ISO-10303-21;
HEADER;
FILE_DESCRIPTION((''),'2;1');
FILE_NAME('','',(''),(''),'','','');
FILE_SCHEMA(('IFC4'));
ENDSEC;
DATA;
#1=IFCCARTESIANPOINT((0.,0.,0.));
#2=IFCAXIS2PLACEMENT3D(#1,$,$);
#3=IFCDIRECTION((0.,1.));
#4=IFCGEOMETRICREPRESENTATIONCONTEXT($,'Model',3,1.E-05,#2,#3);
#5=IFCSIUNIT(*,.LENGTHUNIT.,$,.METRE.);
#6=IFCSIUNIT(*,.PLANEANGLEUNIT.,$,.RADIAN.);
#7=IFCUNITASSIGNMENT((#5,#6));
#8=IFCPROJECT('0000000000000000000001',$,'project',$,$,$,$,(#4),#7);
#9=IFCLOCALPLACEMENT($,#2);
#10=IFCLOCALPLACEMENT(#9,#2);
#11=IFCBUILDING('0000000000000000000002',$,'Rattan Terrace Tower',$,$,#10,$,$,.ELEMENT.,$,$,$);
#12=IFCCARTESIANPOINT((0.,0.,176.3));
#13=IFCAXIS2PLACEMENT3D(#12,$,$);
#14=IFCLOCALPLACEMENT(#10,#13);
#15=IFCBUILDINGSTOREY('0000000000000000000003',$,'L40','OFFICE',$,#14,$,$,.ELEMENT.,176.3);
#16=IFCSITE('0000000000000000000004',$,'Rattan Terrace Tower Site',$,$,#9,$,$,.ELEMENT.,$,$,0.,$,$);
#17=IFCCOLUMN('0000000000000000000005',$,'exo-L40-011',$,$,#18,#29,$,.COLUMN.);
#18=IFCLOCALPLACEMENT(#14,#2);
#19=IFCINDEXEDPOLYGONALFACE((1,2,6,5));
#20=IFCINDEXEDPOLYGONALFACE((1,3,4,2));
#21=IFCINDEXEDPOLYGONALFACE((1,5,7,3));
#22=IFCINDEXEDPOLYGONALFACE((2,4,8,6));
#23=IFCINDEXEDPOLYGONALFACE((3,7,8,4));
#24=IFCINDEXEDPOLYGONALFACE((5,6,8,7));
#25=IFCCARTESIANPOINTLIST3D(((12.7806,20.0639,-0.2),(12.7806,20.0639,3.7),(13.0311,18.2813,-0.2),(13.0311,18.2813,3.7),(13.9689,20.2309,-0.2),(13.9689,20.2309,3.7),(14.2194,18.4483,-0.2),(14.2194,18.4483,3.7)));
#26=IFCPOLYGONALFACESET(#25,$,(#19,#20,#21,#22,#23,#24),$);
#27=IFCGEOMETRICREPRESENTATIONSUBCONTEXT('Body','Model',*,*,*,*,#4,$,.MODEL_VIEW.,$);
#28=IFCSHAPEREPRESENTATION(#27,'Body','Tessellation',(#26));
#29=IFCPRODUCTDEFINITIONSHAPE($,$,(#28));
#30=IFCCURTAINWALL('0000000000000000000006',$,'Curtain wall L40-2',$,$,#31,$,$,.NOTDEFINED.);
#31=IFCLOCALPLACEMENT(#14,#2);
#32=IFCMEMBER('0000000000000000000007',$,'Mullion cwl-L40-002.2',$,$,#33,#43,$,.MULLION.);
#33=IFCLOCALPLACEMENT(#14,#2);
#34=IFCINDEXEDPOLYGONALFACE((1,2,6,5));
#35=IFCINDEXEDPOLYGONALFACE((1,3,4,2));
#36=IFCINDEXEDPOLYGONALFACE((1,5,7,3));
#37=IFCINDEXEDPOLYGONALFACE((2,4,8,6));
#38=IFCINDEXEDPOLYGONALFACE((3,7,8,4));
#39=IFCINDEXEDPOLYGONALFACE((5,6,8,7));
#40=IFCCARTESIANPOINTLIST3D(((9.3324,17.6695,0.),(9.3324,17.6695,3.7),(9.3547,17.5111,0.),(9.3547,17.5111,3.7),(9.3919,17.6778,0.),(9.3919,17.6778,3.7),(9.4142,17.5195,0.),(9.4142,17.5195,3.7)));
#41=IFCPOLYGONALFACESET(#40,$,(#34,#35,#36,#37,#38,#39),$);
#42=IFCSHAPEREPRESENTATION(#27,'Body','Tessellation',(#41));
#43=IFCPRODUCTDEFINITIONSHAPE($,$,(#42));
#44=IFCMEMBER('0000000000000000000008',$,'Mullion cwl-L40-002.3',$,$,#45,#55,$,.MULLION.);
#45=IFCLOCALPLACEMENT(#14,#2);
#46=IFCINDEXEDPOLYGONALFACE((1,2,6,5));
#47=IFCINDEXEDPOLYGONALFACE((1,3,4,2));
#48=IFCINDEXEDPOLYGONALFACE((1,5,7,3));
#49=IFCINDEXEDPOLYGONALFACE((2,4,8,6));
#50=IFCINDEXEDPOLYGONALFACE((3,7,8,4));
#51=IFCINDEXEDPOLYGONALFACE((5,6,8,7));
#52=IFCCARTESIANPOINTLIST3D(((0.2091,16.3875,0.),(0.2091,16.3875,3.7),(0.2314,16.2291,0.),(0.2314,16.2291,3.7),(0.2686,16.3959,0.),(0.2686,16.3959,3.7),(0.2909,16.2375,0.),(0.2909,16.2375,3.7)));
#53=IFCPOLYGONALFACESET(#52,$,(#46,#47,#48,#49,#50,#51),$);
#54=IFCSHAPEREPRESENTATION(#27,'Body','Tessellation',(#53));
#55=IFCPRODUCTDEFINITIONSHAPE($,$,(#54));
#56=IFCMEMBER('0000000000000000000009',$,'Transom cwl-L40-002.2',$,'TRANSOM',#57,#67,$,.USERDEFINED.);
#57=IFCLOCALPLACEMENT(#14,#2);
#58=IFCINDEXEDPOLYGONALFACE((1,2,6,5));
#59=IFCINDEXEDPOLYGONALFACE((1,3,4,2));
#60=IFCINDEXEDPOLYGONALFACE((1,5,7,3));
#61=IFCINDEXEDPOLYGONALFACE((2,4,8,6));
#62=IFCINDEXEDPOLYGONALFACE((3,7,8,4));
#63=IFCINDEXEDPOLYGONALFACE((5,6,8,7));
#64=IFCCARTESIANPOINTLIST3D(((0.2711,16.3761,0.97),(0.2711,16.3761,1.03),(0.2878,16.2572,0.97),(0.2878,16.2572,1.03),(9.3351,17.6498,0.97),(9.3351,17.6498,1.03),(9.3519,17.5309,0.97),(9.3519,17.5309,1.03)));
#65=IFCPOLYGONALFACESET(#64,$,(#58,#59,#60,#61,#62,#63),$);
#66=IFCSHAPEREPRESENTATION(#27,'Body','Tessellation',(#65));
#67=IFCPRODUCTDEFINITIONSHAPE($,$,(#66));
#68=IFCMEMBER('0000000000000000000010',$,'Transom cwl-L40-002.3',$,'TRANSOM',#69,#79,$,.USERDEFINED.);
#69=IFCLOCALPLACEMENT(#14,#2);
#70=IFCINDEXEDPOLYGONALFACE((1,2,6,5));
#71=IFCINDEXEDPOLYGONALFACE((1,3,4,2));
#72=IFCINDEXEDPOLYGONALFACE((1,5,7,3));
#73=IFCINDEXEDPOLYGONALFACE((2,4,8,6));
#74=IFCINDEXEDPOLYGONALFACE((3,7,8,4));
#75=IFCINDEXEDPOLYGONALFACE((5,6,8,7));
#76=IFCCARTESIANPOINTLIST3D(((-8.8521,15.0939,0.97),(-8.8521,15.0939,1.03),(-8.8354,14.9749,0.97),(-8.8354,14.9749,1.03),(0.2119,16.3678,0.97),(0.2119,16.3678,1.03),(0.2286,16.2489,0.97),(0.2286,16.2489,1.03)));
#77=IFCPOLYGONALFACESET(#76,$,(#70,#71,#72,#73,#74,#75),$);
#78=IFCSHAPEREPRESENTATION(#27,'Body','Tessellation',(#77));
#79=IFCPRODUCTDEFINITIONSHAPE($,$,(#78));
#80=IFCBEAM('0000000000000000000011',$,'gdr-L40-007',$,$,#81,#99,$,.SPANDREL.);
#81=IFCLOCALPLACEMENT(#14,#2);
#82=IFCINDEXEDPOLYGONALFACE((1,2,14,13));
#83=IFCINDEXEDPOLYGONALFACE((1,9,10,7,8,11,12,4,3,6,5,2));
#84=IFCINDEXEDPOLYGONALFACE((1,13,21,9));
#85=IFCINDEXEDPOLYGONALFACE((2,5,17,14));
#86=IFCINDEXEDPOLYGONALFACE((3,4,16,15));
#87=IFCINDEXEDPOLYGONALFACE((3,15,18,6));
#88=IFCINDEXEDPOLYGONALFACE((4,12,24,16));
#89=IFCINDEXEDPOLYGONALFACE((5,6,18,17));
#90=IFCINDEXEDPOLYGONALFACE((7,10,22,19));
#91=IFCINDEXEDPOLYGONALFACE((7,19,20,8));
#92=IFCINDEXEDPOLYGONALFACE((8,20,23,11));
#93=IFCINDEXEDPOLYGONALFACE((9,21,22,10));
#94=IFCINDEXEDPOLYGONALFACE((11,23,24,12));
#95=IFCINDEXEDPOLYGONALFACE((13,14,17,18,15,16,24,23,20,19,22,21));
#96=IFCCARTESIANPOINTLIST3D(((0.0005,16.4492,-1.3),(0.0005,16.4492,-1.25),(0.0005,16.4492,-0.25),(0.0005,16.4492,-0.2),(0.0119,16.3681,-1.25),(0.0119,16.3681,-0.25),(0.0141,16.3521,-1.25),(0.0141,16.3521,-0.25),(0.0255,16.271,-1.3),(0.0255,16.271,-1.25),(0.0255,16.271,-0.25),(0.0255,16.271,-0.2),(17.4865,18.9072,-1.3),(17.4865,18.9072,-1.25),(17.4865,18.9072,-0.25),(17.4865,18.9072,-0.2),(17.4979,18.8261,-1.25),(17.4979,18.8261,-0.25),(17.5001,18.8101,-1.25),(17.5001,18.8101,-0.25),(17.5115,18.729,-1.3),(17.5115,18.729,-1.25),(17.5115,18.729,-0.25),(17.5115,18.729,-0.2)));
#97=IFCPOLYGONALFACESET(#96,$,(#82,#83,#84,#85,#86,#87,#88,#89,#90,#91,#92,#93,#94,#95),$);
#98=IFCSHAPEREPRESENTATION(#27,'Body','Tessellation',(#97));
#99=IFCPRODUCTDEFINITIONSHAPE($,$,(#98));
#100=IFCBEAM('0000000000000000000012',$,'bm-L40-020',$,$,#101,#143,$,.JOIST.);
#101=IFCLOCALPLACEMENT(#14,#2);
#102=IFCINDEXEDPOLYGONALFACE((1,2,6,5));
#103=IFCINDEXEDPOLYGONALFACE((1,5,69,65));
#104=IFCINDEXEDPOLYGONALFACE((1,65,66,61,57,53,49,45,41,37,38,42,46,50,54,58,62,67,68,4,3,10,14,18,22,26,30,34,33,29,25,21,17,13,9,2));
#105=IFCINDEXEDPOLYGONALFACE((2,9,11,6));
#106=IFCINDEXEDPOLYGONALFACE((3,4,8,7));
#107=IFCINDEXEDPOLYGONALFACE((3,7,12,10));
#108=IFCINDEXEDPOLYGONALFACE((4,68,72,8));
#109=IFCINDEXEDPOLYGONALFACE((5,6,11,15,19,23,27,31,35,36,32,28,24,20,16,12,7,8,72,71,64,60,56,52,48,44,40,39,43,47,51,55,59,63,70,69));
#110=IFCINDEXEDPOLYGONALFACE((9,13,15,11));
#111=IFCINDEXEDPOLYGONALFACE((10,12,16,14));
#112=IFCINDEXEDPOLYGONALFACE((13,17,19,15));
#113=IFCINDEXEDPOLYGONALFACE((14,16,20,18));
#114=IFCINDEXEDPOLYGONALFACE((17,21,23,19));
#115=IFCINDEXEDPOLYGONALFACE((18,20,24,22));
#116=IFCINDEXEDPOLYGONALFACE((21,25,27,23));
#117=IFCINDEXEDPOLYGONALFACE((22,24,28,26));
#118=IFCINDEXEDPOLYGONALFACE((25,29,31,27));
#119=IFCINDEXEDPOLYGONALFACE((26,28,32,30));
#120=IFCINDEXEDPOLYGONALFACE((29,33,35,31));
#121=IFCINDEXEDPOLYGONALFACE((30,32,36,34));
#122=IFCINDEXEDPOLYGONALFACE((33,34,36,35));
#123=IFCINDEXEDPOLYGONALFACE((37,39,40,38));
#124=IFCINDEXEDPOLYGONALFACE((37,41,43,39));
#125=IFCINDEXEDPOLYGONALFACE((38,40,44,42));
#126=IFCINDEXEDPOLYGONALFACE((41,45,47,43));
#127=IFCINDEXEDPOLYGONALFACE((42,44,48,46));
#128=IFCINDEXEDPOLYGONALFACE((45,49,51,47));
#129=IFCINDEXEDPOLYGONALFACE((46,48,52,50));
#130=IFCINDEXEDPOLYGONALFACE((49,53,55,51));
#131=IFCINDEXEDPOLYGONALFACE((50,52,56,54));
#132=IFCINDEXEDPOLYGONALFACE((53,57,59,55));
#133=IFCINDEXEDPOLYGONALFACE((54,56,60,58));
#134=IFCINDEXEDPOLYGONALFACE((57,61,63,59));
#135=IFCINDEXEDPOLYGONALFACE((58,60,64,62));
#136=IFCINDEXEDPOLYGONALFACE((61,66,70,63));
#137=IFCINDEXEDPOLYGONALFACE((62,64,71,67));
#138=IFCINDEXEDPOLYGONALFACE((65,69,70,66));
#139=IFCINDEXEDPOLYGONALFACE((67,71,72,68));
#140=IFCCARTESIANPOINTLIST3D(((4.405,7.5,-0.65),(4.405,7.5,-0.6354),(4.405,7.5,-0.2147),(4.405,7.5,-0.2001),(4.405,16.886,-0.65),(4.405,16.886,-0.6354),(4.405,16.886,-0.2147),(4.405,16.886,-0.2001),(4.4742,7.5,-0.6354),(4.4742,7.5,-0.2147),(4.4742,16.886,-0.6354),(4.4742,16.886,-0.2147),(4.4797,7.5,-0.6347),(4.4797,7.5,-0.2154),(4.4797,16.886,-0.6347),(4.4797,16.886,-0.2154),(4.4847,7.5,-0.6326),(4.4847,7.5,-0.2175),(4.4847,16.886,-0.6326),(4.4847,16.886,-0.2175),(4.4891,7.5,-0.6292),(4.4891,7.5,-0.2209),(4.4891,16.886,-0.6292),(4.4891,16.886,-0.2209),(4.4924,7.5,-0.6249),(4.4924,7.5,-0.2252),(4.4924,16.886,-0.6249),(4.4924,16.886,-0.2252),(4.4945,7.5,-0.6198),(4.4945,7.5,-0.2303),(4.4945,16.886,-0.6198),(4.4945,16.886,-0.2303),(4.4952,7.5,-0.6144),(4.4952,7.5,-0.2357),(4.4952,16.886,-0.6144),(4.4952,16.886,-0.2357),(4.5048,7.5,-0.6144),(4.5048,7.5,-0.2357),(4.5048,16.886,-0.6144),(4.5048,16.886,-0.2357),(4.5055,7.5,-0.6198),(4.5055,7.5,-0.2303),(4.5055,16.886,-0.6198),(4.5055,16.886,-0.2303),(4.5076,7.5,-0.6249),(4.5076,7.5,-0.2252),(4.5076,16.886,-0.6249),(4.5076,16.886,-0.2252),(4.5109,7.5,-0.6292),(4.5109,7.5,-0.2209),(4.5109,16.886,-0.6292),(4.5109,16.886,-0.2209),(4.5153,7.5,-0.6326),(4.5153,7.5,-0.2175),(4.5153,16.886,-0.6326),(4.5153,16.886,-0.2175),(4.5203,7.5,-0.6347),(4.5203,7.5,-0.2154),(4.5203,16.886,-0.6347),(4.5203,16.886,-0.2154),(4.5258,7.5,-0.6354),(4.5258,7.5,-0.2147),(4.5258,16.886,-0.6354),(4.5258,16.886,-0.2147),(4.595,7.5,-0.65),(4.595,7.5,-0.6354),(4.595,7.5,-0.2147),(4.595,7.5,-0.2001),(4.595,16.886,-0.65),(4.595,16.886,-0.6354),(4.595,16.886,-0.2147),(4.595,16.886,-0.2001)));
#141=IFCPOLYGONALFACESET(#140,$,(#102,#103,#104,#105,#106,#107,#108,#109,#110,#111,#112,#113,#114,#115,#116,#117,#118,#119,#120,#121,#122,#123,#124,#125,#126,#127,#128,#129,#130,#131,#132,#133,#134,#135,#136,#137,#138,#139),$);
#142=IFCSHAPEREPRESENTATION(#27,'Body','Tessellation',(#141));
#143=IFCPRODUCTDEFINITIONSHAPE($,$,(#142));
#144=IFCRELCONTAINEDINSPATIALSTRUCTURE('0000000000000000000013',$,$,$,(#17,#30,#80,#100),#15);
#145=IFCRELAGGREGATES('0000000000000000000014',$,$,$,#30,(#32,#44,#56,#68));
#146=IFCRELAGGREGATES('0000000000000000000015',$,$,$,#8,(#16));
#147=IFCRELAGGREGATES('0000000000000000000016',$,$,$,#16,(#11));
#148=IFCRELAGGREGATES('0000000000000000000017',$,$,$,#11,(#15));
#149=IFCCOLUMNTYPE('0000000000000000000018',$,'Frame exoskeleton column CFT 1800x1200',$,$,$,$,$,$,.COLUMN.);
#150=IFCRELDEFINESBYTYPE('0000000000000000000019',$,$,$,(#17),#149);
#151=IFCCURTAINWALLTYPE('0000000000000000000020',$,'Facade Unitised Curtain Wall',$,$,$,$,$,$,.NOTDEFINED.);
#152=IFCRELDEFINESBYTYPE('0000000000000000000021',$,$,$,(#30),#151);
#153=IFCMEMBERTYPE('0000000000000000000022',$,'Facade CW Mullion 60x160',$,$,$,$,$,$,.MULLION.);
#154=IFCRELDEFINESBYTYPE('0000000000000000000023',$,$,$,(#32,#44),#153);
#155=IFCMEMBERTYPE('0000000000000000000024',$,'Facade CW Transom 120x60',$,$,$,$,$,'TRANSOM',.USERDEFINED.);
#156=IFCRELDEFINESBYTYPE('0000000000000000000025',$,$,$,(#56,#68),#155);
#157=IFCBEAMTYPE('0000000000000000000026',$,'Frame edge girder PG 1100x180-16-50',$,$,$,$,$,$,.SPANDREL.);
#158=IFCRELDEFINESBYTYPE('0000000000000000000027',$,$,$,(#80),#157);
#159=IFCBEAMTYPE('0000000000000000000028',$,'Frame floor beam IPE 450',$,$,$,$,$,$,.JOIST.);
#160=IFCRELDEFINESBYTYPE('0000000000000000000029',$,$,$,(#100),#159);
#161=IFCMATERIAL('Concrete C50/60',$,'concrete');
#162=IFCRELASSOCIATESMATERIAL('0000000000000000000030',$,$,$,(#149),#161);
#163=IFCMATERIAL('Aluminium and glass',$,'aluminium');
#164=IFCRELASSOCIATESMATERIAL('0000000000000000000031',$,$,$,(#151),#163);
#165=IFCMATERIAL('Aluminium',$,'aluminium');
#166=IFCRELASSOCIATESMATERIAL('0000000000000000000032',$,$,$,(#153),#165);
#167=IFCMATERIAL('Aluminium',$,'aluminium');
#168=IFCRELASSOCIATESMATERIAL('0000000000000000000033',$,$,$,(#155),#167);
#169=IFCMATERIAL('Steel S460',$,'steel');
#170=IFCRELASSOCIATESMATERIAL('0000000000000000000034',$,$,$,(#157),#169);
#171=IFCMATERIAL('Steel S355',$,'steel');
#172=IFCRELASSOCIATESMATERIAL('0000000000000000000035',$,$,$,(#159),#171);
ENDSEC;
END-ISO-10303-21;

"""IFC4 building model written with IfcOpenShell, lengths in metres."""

from ifc_helpers import new_model, si_unit, direction, frame, origin, origin_2d, place, context, subcontext, project, spatial, rectangle, i_section, extrude, material, material_profile, profile_set, type_object, element, aggregate, save


model = new_model("IFC4")

# Units and contexts
model_context = context("Model", 3, precision=1e-05, world=origin(), true_north=direction((0.0, 1.0)))
body_context = subcontext(model_context, "Body", "Model", "MODEL_VIEW")
ifc_project = project(units=[si_unit("LENGTHUNIT", "METRE"), si_unit("PLANEANGLEUNIT", "RADIAN")], contexts=[model_context])

# Site, building, storey
site_placement = place(None, origin())
site = spatial("IfcSite", under=ifc_project, at=site_placement, Name="Rattan Terrace Tower Site", CompositionType="ELEMENT", RefElevation=0.0)
building_placement = place(site_placement, origin())
building = spatial("IfcBuilding", under=site, at=building_placement, Name="Rattan Terrace Tower", CompositionType="ELEMENT")
storey_placement = place(building_placement, frame((0.0, 0.0, 176.3)))
storey = spatial("IfcBuildingStorey", under=building, at=storey_placement, Name="L40", Description="OFFICE", CompositionType="ELEMENT", Elevation=176.3)

# Column
ifc_material_1 = material(Name="Concrete C50/60", Category="concrete")
ifc_material_profile_1 = material_profile(ifc_material_1, rectangle(XDim=1.2, YDim=1.8, at=origin_2d()), Name="CFT 1800x1200")
ifc_profile_set_1 = profile_set([ifc_material_profile_1], Name="Concrete C50/60")
column_type = type_object("IfcColumnType", Name="Frame exoskeleton column CFT 1800x1200", PredefinedType="COLUMN", material=ifc_profile_set_1)
column_placement = place(storey_placement, frame((13.5, 19.2561, -0.2), z_axis=(0.0, 0.0, 1.0), x_axis=(0.99027, 0.139156, 0.0)))
element("IfcColumn", 1, at=column_placement, inside=storey, type_object=column_type, Name="exo-L40-011", PredefinedType="COLUMN", context=body_context, shape_type="SweptSolid", body=[
    extrude(rectangle(XDim=1.2, YDim=1.8, at=origin_2d()), origin(), (0.0, 0.0, 1.0), 3.8999),
])

# Curtain wall, members
ifc_material_2 = material(Name="Aluminium and glass", Category="aluminium")
curtain_wall_type = type_object("IfcCurtainWallType", Name="Facade Unitised Curtain Wall", PredefinedType="NOTDEFINED", material=ifc_material_2)
curtain_wall_placement = place(storey_placement, origin())
curtain_wall = element("IfcCurtainWall", 2, at=curtain_wall_placement, inside=storey, type_object=curtain_wall_type, Name="Curtain wall L40-2", PredefinedType="NOTDEFINED")
ifc_material_3 = material(Name="Aluminium", Category="aluminium")
ifc_material_profile_2 = material_profile(ifc_material_3, rectangle(XDim=0.0601, YDim=0.1599, at=origin_2d()), Name="Aluminium 60x160")
ifc_profile_set_2 = profile_set([ifc_material_profile_2], Name="Aluminium")
member_type_1 = type_object("IfcMemberType", Name="Facade CW Mullion 60x160", PredefinedType="MULLION", material=ifc_profile_set_2)
member_1_placement = place(storey_placement, frame((9.3733, 17.5945, 0.0), z_axis=(0.0, 0.0, 1.0), x_axis=(-0.99027, -0.139161, 0.0)))
member_1 = element("IfcMember", 3, at=member_1_placement, type_object=member_type_1, Name="Mullion cwl-L40-002.2", PredefinedType="MULLION", context=body_context, shape_type="SweptSolid", body=[
    extrude(rectangle(XDim=0.0601, YDim=0.1599, at=origin_2d()), origin(), (0.0, 0.0, 1.0), 3.7),
])
member_2_placement = place(storey_placement, frame((0.25, 16.3125, 0.0), z_axis=(0.0, 0.0, 1.0), x_axis=(-0.99027, -0.139161, 0.0)))
member_2 = element("IfcMember", 4, at=member_2_placement, type_object=member_type_1, Name="Mullion cwl-L40-002.3", PredefinedType="MULLION", context=body_context, shape_type="SweptSolid", body=[
    extrude(rectangle(XDim=0.0601, YDim=0.1599, at=origin_2d()), origin(), (0.0, 0.0, 1.0), 3.7),
])
ifc_material_4 = material(Name="Aluminium", Category="aluminium")
ifc_material_profile_3 = material_profile(ifc_material_4, rectangle(XDim=0.1201, YDim=0.0601, at=origin_2d()), Name="Aluminium 120x60")
ifc_profile_set_3 = profile_set([ifc_material_profile_3], Name="Aluminium")
member_type_2 = type_object("IfcMemberType", Name="Facade CW Transom 120x60", ElementType="TRANSOM", PredefinedType="USERDEFINED", material=ifc_profile_set_3)
member_3_placement = place(storey_placement, frame((9.3435, 17.5903, 1.0), z_axis=(-0.990271, -0.139154, 0.0), x_axis=(0.139154, -0.990271, 0.0)))
member_3 = element("IfcMember", 5, at=member_3_placement, type_object=member_type_2, Name="Transom cwl-L40-002.2", ObjectType="TRANSOM", PredefinedType="USERDEFINED", context=body_context, shape_type="SweptSolid", body=[
    extrude(rectangle(XDim=0.1201, YDim=0.0601, at=origin_2d()), origin(), (0.0, 0.0, 1.0), 9.1531),
])
member_4_placement = place(storey_placement, frame((0.2202, 16.3083, 1.0), z_axis=(-0.990267, -0.13918, 0.0), x_axis=(0.13918, -0.990267, 0.0)))
member_4 = element("IfcMember", 6, at=member_4_placement, type_object=member_type_2, Name="Transom cwl-L40-002.3", ObjectType="TRANSOM", PredefinedType="USERDEFINED", context=body_context, shape_type="SweptSolid", body=[
    extrude(rectangle(XDim=0.1201, YDim=0.0601, at=origin_2d()), origin(), (0.0, 0.0, 1.0), 9.1531),
])

# Beams
ifc_material_5 = material(Name="Steel S460", Category="steel")
ifc_material_profile_4 = material_profile(ifc_material_5, i_section(OverallWidth=0.1799, OverallDepth=1.1001, WebThickness=0.0161, FlangeThickness=0.05, at=origin_2d()), Name="PG 1100x180-16-50")
ifc_profile_set_4 = profile_set([ifc_material_profile_4], Name="Steel S460")
beam_type_1 = type_object("IfcBeamType", Name="Frame edge girder PG 1100x180-16-50", PredefinedType="SPANDREL", material=ifc_profile_set_4)
beam_1_placement = place(storey_placement, frame((17.499, 18.8181, -0.75), z_axis=(-0.990264, -0.139201, 0.0), x_axis=(0.139201, -0.990264, 0.0)))
element("IfcBeam", 7, at=beam_1_placement, inside=storey, type_object=beam_type_1, Name="gdr-L40-007", PredefinedType="SPANDREL", context=body_context, shape_type="SweptSolid", body=[
    extrude(i_section(OverallWidth=0.1799, OverallDepth=1.1001, WebThickness=0.0161, FlangeThickness=0.05, at=origin_2d()), origin(), (0.0, 0.0, 1.0), 17.658),
])
ifc_material_6 = material(Name="Steel S355", Category="steel")
ifc_material_profile_5 = material_profile(ifc_material_6, i_section(OverallWidth=0.1899, OverallDepth=0.45, WebThickness=0.0095, FlangeThickness=0.0146, FilletRadius=0.021, at=origin_2d()), Name="IPE 450")
ifc_profile_set_5 = profile_set([ifc_material_profile_5], Name="Steel S355")
beam_type_2 = type_object("IfcBeamType", Name="Frame floor beam IPE 450", PredefinedType="JOIST", material=ifc_profile_set_5)
beam_2_placement = place(storey_placement, frame((4.5, 7.5, -0.425), z_axis=(0.0, 1.0, 0.0), x_axis=(-1.0, 0.0, 0.0)))
element("IfcBeam", 8, at=beam_2_placement, inside=storey, type_object=beam_type_2, Name="bm-L40-020", PredefinedType="JOIST", context=body_context, shape_type="SweptSolid", body=[
    extrude(i_section(OverallWidth=0.1899, OverallDepth=0.45, WebThickness=0.0095, FlangeThickness=0.0146, FilletRadius=0.021, at=origin_2d()), origin(), (0.0, 0.0, 1.0), 9.386),
])

aggregate(curtain_wall, [member_1, member_2, member_3, member_4])

save(model, "model.ifc")
